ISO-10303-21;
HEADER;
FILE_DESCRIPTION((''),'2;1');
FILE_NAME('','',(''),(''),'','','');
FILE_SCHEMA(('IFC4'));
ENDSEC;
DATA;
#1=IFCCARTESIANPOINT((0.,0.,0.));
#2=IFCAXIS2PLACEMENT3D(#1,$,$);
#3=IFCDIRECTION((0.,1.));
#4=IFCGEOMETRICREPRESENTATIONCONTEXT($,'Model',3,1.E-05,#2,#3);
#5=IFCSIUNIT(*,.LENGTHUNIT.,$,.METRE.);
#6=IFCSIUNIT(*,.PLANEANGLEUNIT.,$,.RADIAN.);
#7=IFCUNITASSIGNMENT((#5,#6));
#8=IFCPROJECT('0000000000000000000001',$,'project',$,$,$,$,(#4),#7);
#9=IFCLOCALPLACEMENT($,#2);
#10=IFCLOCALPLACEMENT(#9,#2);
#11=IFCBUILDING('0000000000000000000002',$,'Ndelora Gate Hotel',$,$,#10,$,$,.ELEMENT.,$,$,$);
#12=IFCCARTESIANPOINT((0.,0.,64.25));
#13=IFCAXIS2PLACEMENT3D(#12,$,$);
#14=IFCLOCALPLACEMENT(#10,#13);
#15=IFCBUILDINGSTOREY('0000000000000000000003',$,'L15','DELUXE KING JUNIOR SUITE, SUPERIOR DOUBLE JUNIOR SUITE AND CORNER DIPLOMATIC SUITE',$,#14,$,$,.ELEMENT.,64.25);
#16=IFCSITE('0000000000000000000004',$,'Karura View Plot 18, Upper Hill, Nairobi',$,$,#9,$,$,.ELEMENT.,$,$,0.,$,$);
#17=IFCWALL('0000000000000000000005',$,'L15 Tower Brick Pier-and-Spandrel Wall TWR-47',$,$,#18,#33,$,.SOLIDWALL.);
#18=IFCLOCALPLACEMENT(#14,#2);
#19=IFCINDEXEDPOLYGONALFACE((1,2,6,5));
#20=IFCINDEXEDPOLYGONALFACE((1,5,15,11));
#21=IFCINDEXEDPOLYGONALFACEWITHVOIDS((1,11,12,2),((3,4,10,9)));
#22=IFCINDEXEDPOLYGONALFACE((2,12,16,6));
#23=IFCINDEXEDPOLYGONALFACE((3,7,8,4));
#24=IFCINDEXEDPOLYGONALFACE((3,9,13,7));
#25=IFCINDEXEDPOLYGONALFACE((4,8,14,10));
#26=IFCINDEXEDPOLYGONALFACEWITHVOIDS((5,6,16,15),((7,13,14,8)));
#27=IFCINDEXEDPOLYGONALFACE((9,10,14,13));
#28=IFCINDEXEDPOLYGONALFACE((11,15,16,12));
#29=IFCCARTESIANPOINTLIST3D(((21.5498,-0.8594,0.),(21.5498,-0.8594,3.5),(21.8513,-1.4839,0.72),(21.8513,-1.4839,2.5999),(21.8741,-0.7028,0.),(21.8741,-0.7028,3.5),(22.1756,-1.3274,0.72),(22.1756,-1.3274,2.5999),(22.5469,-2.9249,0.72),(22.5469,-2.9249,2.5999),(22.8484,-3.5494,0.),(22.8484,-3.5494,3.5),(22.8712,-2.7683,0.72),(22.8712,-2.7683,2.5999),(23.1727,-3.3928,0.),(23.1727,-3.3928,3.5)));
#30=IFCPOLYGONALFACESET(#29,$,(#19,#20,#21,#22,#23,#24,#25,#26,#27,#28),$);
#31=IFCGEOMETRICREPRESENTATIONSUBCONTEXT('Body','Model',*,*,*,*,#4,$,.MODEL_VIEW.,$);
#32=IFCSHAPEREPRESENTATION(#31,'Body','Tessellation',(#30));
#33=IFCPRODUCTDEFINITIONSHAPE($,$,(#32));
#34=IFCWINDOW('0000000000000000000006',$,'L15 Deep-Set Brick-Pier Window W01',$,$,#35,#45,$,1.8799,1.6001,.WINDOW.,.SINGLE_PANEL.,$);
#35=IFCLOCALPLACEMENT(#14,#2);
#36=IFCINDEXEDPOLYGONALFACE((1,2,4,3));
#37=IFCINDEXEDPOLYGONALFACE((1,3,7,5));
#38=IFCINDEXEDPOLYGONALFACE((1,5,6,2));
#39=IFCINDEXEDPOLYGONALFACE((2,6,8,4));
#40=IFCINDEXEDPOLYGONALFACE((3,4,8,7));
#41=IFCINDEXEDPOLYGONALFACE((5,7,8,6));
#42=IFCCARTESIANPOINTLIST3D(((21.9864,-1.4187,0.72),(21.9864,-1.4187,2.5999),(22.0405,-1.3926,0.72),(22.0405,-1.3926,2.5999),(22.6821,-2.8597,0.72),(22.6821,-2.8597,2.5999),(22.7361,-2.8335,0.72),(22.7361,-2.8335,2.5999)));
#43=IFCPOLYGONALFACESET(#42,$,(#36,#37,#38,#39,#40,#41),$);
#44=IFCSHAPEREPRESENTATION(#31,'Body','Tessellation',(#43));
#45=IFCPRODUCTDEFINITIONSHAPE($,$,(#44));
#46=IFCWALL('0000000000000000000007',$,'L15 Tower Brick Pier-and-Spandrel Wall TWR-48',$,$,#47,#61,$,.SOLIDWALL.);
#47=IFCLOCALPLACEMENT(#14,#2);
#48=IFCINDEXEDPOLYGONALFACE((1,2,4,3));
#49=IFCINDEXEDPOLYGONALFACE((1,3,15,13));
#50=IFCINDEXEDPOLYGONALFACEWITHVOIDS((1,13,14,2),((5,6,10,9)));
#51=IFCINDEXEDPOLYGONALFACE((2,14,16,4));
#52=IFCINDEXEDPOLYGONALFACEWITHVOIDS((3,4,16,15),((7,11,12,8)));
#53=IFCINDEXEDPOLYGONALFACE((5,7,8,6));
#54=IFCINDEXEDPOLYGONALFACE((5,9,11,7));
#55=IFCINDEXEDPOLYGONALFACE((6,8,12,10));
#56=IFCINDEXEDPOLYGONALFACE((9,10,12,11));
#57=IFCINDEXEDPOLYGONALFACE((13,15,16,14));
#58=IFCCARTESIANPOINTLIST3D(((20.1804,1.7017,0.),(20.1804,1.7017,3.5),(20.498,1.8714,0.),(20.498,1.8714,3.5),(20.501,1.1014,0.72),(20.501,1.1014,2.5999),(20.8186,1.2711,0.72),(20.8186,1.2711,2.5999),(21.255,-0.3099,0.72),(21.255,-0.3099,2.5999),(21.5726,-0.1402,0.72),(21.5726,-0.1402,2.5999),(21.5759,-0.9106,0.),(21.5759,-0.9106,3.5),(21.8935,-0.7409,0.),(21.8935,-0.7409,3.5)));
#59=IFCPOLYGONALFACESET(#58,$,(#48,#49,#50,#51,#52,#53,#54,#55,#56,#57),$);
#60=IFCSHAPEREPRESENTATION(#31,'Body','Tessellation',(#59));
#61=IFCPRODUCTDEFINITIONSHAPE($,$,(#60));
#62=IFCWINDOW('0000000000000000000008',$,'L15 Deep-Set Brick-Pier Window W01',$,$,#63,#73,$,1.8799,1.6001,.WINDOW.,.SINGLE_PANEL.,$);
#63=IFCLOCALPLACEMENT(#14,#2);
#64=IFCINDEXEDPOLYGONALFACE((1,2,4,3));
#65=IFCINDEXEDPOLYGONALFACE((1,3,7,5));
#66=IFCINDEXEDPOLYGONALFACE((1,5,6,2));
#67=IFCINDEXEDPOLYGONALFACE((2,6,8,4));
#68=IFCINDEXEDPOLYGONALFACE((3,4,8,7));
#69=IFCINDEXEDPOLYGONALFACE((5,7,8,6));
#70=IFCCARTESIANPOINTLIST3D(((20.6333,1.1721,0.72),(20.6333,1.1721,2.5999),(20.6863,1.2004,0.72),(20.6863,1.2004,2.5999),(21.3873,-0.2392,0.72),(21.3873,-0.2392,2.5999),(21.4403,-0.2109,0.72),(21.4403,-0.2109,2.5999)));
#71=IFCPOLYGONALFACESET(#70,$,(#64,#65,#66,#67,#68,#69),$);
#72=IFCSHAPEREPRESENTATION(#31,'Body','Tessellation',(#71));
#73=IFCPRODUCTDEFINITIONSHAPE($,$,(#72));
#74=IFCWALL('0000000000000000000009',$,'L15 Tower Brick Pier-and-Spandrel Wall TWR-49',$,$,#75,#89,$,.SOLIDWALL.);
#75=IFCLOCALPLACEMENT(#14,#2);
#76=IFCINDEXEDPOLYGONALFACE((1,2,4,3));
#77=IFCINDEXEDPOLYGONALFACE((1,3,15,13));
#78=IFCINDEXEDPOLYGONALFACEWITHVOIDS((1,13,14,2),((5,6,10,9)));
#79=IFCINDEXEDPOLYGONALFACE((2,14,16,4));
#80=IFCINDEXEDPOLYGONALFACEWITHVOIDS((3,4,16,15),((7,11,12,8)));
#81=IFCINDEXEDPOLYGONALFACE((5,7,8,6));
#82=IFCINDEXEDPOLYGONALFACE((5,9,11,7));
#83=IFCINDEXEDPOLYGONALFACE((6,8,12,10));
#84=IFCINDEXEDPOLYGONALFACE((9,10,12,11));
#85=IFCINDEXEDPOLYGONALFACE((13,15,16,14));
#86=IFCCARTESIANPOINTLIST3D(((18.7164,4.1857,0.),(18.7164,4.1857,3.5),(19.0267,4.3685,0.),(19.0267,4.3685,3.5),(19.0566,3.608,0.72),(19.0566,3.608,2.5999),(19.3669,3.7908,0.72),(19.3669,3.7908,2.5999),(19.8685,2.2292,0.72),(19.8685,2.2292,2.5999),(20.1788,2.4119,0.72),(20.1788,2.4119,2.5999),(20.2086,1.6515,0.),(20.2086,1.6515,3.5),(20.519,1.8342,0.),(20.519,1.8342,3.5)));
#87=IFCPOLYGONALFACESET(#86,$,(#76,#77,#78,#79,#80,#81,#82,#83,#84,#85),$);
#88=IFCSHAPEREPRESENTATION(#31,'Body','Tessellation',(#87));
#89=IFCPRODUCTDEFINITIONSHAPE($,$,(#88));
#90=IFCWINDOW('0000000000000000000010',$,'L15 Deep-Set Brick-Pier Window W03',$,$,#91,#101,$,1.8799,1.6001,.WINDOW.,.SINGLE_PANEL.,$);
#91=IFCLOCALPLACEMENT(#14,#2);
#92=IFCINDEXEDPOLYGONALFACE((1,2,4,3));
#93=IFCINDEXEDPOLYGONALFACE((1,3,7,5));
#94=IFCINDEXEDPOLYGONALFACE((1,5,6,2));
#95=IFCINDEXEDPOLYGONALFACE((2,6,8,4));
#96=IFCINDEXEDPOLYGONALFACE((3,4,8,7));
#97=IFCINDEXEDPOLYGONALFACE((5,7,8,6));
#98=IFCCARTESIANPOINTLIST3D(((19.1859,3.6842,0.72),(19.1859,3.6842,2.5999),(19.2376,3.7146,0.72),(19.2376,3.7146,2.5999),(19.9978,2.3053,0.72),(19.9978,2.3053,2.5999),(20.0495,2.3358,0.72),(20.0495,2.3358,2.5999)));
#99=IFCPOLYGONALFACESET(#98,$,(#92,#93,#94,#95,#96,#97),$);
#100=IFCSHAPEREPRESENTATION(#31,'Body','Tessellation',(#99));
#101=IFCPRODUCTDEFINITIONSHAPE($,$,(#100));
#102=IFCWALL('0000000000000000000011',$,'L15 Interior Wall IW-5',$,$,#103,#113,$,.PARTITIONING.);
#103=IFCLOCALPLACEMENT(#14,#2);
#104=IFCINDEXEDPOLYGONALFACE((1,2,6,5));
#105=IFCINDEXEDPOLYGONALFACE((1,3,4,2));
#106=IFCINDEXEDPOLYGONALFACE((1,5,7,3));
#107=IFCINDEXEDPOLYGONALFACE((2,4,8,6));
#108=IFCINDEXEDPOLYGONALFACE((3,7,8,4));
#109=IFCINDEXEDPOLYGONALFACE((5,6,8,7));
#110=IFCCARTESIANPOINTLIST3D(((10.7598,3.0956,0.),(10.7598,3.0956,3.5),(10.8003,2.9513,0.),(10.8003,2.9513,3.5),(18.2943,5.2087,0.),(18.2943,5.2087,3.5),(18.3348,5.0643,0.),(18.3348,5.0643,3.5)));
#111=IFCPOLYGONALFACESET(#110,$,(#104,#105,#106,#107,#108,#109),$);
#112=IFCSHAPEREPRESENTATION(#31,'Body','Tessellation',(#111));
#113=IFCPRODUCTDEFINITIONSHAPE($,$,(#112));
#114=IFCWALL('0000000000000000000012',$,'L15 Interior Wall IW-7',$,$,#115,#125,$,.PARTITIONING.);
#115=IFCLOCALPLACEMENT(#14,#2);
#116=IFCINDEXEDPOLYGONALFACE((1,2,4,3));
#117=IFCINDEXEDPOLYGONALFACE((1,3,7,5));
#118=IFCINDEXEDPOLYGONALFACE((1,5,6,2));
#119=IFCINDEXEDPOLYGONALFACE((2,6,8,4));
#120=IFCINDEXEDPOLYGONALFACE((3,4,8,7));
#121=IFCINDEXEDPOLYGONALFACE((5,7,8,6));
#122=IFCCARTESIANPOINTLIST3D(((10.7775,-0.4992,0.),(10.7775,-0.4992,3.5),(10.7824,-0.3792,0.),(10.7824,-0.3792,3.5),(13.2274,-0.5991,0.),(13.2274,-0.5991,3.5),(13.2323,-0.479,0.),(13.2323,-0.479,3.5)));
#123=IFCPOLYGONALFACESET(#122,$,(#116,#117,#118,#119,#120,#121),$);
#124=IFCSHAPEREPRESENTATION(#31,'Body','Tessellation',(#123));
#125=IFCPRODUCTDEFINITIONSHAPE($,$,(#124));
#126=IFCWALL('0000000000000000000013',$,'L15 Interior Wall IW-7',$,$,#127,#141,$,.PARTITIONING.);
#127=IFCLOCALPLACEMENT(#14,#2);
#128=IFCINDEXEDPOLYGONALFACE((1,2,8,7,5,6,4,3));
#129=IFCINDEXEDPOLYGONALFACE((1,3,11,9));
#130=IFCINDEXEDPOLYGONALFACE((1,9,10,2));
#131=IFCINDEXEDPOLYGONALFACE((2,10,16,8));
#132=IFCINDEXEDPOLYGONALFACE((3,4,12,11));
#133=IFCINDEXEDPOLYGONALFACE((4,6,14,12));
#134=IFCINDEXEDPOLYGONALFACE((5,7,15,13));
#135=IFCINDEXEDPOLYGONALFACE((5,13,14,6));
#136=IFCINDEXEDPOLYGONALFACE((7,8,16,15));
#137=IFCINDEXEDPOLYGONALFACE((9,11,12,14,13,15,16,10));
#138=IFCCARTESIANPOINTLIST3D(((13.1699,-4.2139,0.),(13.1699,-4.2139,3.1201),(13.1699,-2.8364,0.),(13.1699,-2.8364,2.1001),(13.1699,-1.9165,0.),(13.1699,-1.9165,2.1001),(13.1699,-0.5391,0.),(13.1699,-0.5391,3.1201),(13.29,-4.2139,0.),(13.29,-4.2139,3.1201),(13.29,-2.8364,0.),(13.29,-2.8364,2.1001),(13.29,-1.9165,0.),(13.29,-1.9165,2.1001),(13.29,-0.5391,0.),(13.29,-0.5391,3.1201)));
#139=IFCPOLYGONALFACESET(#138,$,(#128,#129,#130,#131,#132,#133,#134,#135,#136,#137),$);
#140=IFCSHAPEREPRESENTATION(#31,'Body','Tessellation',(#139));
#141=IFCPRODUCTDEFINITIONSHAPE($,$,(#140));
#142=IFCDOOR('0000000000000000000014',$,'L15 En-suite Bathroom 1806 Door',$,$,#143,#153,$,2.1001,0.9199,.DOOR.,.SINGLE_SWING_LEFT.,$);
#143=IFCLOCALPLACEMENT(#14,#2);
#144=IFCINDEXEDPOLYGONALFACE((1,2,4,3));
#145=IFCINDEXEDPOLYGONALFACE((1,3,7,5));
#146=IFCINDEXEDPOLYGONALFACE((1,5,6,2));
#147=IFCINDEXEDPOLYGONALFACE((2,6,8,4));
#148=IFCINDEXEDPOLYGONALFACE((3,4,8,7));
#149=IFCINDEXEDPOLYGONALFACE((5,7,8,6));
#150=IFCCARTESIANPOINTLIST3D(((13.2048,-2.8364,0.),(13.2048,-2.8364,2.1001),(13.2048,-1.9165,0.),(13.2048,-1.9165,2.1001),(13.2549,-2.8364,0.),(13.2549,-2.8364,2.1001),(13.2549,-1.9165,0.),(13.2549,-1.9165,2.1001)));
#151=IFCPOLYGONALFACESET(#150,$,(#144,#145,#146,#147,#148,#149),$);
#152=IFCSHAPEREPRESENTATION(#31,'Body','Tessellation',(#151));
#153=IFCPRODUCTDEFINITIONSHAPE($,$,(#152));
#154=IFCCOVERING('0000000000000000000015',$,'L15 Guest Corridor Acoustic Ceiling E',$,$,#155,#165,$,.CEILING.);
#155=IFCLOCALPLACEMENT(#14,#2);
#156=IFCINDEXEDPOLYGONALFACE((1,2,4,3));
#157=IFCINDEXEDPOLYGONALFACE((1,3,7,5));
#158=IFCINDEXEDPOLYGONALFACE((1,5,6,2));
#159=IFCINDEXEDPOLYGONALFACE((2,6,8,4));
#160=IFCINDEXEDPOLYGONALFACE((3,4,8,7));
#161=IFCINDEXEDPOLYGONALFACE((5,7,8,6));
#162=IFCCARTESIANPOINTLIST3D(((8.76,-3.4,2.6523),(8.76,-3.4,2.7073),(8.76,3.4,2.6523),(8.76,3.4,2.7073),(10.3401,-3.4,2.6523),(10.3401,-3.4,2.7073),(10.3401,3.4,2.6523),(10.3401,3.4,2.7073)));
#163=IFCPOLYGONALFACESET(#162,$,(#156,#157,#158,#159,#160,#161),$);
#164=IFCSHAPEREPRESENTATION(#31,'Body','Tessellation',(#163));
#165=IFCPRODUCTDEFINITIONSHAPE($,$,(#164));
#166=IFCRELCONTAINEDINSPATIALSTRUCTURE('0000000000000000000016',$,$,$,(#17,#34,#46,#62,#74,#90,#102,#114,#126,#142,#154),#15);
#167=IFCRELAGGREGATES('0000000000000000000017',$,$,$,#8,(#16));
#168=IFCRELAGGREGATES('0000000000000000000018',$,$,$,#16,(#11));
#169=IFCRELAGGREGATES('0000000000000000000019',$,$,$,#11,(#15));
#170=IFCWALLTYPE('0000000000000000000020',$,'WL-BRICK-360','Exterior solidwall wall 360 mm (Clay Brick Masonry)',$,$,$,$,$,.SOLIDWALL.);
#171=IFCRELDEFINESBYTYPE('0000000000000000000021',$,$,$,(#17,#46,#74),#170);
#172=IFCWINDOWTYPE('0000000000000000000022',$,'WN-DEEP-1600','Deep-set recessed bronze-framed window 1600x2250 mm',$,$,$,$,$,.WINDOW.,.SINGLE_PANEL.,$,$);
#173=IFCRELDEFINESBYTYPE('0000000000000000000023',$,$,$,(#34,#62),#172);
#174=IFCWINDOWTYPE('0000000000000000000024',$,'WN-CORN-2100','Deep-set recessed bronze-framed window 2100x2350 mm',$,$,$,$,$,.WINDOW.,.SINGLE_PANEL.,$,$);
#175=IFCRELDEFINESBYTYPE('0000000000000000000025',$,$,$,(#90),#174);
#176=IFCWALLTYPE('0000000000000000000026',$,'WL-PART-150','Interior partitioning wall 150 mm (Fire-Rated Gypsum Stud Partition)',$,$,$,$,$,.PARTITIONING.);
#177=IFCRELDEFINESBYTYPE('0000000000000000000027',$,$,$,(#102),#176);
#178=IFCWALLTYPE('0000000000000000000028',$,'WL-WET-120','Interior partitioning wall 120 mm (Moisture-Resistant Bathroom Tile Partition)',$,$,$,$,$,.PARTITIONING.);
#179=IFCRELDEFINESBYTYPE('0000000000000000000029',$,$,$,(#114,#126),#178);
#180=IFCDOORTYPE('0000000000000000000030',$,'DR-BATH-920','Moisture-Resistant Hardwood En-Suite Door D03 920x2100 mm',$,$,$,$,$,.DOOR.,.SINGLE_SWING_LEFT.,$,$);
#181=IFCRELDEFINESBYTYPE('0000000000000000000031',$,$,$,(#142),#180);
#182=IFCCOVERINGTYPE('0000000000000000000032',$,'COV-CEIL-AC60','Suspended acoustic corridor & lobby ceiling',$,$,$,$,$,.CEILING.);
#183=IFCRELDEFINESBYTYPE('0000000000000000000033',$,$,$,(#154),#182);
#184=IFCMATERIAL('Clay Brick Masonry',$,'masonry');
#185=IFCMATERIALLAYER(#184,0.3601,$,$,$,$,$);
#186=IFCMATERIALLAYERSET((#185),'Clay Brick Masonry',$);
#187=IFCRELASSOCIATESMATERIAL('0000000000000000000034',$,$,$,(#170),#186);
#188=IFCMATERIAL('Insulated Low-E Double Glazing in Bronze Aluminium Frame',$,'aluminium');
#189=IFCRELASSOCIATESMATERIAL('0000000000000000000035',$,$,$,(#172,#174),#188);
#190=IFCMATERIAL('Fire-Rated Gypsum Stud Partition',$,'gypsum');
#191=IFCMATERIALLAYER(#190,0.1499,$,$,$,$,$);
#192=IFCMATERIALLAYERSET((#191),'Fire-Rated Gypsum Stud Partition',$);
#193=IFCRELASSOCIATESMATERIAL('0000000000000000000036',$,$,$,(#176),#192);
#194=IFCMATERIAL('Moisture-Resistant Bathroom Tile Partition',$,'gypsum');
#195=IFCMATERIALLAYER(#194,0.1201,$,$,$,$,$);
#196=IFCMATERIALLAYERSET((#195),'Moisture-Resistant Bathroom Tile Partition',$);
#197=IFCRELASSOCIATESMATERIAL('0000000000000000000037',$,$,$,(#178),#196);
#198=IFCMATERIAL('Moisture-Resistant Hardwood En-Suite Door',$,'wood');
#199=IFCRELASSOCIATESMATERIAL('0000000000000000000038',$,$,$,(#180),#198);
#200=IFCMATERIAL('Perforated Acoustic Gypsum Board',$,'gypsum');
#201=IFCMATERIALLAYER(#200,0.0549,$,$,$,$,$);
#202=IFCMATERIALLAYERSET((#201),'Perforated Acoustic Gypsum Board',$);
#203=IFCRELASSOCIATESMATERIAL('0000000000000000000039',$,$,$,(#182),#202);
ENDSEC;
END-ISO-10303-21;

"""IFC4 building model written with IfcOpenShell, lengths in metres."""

from ifc_helpers import new_model, si_unit, direction, frame, frame_2d, origin, origin_2d, place, context, subcontext, project, spatial, rectangle, extrude, material, layer, layer_set, type_object, element, fill, save


model = new_model("IFC4")

# Units and contexts
model_context = context("Model", 3, precision=1e-05, world=origin(), true_north=direction((0.0, 1.0)))
body_context = subcontext(model_context, "Body", "Model", "MODEL_VIEW")
ifc_project = project(units=[si_unit("LENGTHUNIT", "METRE"), si_unit("PLANEANGLEUNIT", "RADIAN")], contexts=[model_context])

# Site, building, storey
site_placement = place(None, origin())
site = spatial("IfcSite", under=ifc_project, at=site_placement, Name="Karura View Plot 18, Upper Hill, Nairobi", CompositionType="ELEMENT", RefElevation=0.0)
building_placement = place(site_placement, origin())
building = spatial("IfcBuilding", under=site, at=building_placement, Name="Ndelora Gate Hotel", CompositionType="ELEMENT")
storey_placement = place(building_placement, frame((0.0, 0.0, 64.25)))
storey = spatial("IfcBuildingStorey", under=building, at=storey_placement, Name="L15", Description="DELUXE KING JUNIOR SUITE, SUPERIOR DOUBLE JUNIOR SUITE AND CORNER DIPLOMATIC SUITE", CompositionType="ELEMENT", Elevation=64.25)

# Walls, openings, windows
ifc_material_1 = material(Name="Clay Brick Masonry", Category="masonry")
ifc_layer_1 = layer(ifc_material_1, 0.3601)
ifc_layer_set_1 = layer_set([ifc_layer_1], Name="Clay Brick Masonry")
wall_type_1 = type_object("IfcWallType", Name="WL-BRICK-360", Description="Exterior solidwall wall 360 mm (Clay Brick Masonry)", PredefinedType="SOLIDWALL", material=ifc_layer_set_1)
wall_1_placement = place(storey_placement, frame((21.7119, -0.781, 0.0), z_axis=(0.0, 0.0, 1.0), x_axis=(0.434747, -0.900553, 0.0)))
wall_1 = element("IfcWall", 1, at=wall_1_placement, inside=storey, type_object=wall_type_1, Name="L15 Tower Brick Pier-and-Spandrel Wall TWR-47", PredefinedType="SOLIDWALL", context=body_context, shape_type="SweptSolid", body=[
    extrude(rectangle(XDim=2.9871, YDim=0.3601, at=frame_2d((1.4937, 0.0))), origin(), (0.0, 0.0, 1.0), 3.5),
])
opening_1_placement = place(wall_1_placement, frame((0.6936, 0.0, 0.72)))
opening_1 = element("IfcOpeningElement", 2, at=opening_1_placement, cuts=wall_1, PredefinedType="OPENING", context=body_context, shape_type="SweptSolid", body=[
    extrude(rectangle(XDim=1.6001, YDim=1.8799, at=frame_2d((0.8, 0.9399))), frame((0.0, 0.1899, 0.0), z_axis=(0.0, -1.0, 0.0), x_axis=(1.0, 0.0, 0.0)), (0.0, 0.0, 1.0), 0.3801),
])
ifc_material_2 = material(Name="Insulated Low-E Double Glazing in Bronze Aluminium Frame", Category="aluminium")
window_type_1 = type_object("IfcWindowType", Name="WN-DEEP-1600", Description="Deep-set recessed bronze-framed window 1600x2250 mm", PartitioningType="SINGLE_PANEL", PredefinedType="WINDOW", material=ifc_material_2)
window_1_placement = place(opening_1_placement, origin())
window_1 = element("IfcWindow", 3, at=window_1_placement, inside=storey, type_object=window_type_1, Name="L15 Deep-Set Brick-Pier Window W01", OverallHeight=1.8799, OverallWidth=1.6001, PartitioningType="SINGLE_PANEL", PredefinedType="WINDOW", context=body_context, shape_type="SweptSolid", body=[
    extrude(rectangle(XDim=1.6001, YDim=1.8799, at=frame_2d((0.8, 0.9399))), frame((0.0, 0.03, 0.0), z_axis=(0.0, -1.0, 0.0), x_axis=(1.0, 0.0, 0.0)), (0.0, 0.0, 1.0), 0.0601),
])
fill(opening_1, window_1)
wall_2_placement = place(storey_placement, frame((20.3391, 1.7866, 0.0), z_axis=(0.0, 0.0, 1.0), x_axis=(0.471187, -0.882033, 0.0)))
wall_2 = element("IfcWall", 4, at=wall_2_placement, inside=storey, type_object=wall_type_1, Name="L15 Tower Brick Pier-and-Spandrel Wall TWR-48", PredefinedType="SOLIDWALL", context=body_context, shape_type="SweptSolid", body=[
    extrude(rectangle(XDim=2.9617, YDim=0.3601, at=frame_2d((1.481, 0.0))), origin(), (0.0, 0.0, 1.0), 3.5),
])
opening_2_placement = place(wall_2_placement, frame((0.6807, 0.0, 0.72)))
opening_2 = element("IfcOpeningElement", 5, at=opening_2_placement, cuts=wall_2, PredefinedType="OPENING", context=body_context, shape_type="SweptSolid", body=[
    extrude(rectangle(XDim=1.6001, YDim=1.8799, at=frame_2d((0.8, 0.9399))), frame((0.0, 0.1899, 0.0), z_axis=(0.0, -1.0, 0.0), x_axis=(1.0, 0.0, 0.0)), (0.0, 0.0, 1.0), 0.3801),
])
window_2_placement = place(opening_2_placement, origin())
window_2 = element("IfcWindow", 6, at=window_2_placement, inside=storey, type_object=window_type_1, Name="L15 Deep-Set Brick-Pier Window W01", OverallHeight=1.8799, OverallWidth=1.6001, PartitioningType="SINGLE_PANEL", PredefinedType="WINDOW", context=body_context, shape_type="SweptSolid", body=[
    extrude(rectangle(XDim=1.6001, YDim=1.8799, at=frame_2d((0.8, 0.9399))), frame((0.0, 0.03, 0.0), z_axis=(0.0, -1.0, 0.0), x_axis=(1.0, 0.0, 0.0)), (0.0, 0.0, 1.0), 0.0601),
])
fill(opening_2, window_2)
wall_3_placement = place(storey_placement, frame((18.8716, 4.2771, 0.0), z_axis=(0.0, 0.0, 1.0), x_axis=(0.507397, -0.861712, 0.0)))
wall_3 = element("IfcWall", 7, at=wall_3_placement, inside=storey, type_object=wall_type_1, Name="L15 Tower Brick Pier-and-Spandrel Wall TWR-49", PredefinedType="SOLIDWALL", context=body_context, shape_type="SweptSolid", body=[
    extrude(rectangle(XDim=2.9409, YDim=0.3601, at=frame_2d((1.4705, 0.0))), origin(), (0.0, 0.0, 1.0), 3.5),
])
opening_3_placement = place(wall_3_placement, frame((0.6704, 0.0, 0.72)))
opening_3 = element("IfcOpeningElement", 8, at=opening_3_placement, cuts=wall_3, PredefinedType="OPENING", context=body_context, shape_type="SweptSolid", body=[
    extrude(rectangle(XDim=1.6001, YDim=1.8799, at=frame_2d((0.8, 0.9399))), frame((0.0, 0.1899, 0.0), z_axis=(0.0, -1.0, 0.0), x_axis=(1.0, 0.0, 0.0)), (0.0, 0.0, 1.0), 0.3801),
])
window_type_2 = type_object("IfcWindowType", Name="WN-CORN-2100", Description="Deep-set recessed bronze-framed window 2100x2350 mm", PartitioningType="SINGLE_PANEL", PredefinedType="WINDOW", material=ifc_material_2)
window_3_placement = place(opening_3_placement, origin())
window_3 = element("IfcWindow", 9, at=window_3_placement, inside=storey, type_object=window_type_2, Name="L15 Deep-Set Brick-Pier Window W03", OverallHeight=1.8799, OverallWidth=1.6001, PartitioningType="SINGLE_PANEL", PredefinedType="WINDOW", context=body_context, shape_type="SweptSolid", body=[
    extrude(rectangle(XDim=1.6001, YDim=1.8799, at=frame_2d((0.8, 0.9399))), frame((0.0, 0.03, 0.0), z_axis=(0.0, -1.0, 0.0), x_axis=(1.0, 0.0, 0.0)), (0.0, 0.0, 1.0), 0.0601),
])
fill(opening_3, window_3)

# Walls
ifc_material_3 = material(Name="Fire-Rated Gypsum Stud Partition", Category="gypsum")
ifc_layer_2 = layer(ifc_material_3, 0.1499)
ifc_layer_set_2 = layer_set([ifc_layer_2], Name="Fire-Rated Gypsum Stud Partition")
wall_type_2 = type_object("IfcWallType", Name="WL-PART-150", Description="Interior partitioning wall 150 mm (Fire-Rated Gypsum Stud Partition)", PredefinedType="PARTITIONING", material=ifc_layer_set_2)
wall_4_placement = place(storey_placement, frame((10.78, 3.0234, 0.0), z_axis=(0.0, 0.0, 1.0), x_axis=(0.962851, 0.270033, 0.0)))
element("IfcWall", 10, at=wall_4_placement, inside=storey, type_object=wall_type_2, Name="L15 Interior Wall IW-5", PredefinedType="PARTITIONING", context=body_context, shape_type="SweptSolid", body=[
    extrude(rectangle(XDim=7.8252, YDim=0.1499, at=frame_2d((3.9126, 0.0))), origin(), (0.0, 0.0, 1.0), 3.5),
])
ifc_material_4 = material(Name="Moisture-Resistant Bathroom Tile Partition", Category="gypsum")
ifc_layer_3 = layer(ifc_material_4, 0.1201)
ifc_layer_set_3 = layer_set([ifc_layer_3], Name="Moisture-Resistant Bathroom Tile Partition")
wall_type_3 = type_object("IfcWallType", Name="WL-WET-120", Description="Interior partitioning wall 120 mm (Moisture-Resistant Bathroom Tile Partition)", PredefinedType="PARTITIONING", material=ifc_layer_set_3)
wall_5_placement = place(storey_placement, frame((13.23, -0.5391, 0.0), z_axis=(0.0, 0.0, 1.0), x_axis=(-0.99917, 0.040724, 0.0)))
element("IfcWall", 11, at=wall_5_placement, inside=storey, type_object=wall_type_3, Name="L15 Interior Wall IW-7", PredefinedType="PARTITIONING", context=body_context, shape_type="SweptSolid", body=[
    extrude(rectangle(XDim=2.4519, YDim=0.1201, at=frame_2d((1.2261, 0.0))), origin(), (0.0, 0.0, 1.0), 3.5),
])

# Wall, opening, door
wall_6_placement = place(storey_placement, frame((13.23, -0.5391, 0.0), z_axis=(0.0, 0.0, 1.0), x_axis=(0.0, -1.0, 0.0)))
wall_6 = element("IfcWall", 12, at=wall_6_placement, inside=storey, type_object=wall_type_3, Name="L15 Interior Wall IW-7", PredefinedType="PARTITIONING", context=body_context, shape_type="SweptSolid", body=[
    extrude(rectangle(XDim=3.6748, YDim=0.1201, at=frame_2d((1.8374, 0.0))), origin(), (0.0, 0.0, 1.0), 3.1201),
])
opening_4_placement = place(wall_6_placement, frame((1.3774, 0.0, 0.0)))
opening_4 = element("IfcOpeningElement", 13, at=opening_4_placement, cuts=wall_6, PredefinedType="OPENING", context=body_context, shape_type="SweptSolid", body=[
    extrude(rectangle(XDim=0.9199, YDim=2.1001, at=frame_2d((0.46, 1.05))), frame((0.0, 0.0701, 0.0), z_axis=(0.0, -1.0, 0.0), x_axis=(1.0, 0.0, 0.0)), (0.0, 0.0, 1.0), 0.1401),
])
ifc_material_5 = material(Name="Moisture-Resistant Hardwood En-Suite Door", Category="wood")
door_type_1 = type_object("IfcDoorType", Name="DR-BATH-920", Description="Moisture-Resistant Hardwood En-Suite Door D03 920x2100 mm", OperationType="SINGLE_SWING_LEFT", PredefinedType="DOOR", material=ifc_material_5)
door_1_placement = place(opening_4_placement, origin())
door_1 = element("IfcDoor", 14, at=door_1_placement, inside=storey, type_object=door_type_1, Name="L15 En-suite Bathroom 1806 Door", OperationType="SINGLE_SWING_LEFT", OverallHeight=2.1001, OverallWidth=0.9199, PredefinedType="DOOR", context=body_context, shape_type="SweptSolid", body=[
    extrude(rectangle(XDim=0.9199, YDim=2.1001, at=frame_2d((0.46, 1.05))), frame((0.0, 0.0249, 0.0), z_axis=(0.0, -1.0, 0.0), x_axis=(1.0, 0.0, 0.0)), (0.0, 0.0, 1.0), 0.05),
])
fill(opening_4, door_1)

# Covering
ifc_material_6 = material(Name="Perforated Acoustic Gypsum Board", Category="gypsum")
ifc_layer_4 = layer(ifc_material_6, 0.0549)
ifc_layer_set_4 = layer_set([ifc_layer_4], Name="Perforated Acoustic Gypsum Board")
covering_type_1 = type_object("IfcCoveringType", Name="COV-CEIL-AC60", Description="Suspended acoustic corridor & lobby ceiling", PredefinedType="CEILING", material=ifc_layer_set_4)
covering_1_placement = place(storey_placement, frame((9.55, 0.0, 2.6523), z_axis=(0.0, 0.0, 1.0), x_axis=(1.0, 0.0, 0.0)))
element("IfcCovering", 15, at=covering_1_placement, inside=storey, type_object=covering_type_1, Name="L15 Guest Corridor Acoustic Ceiling E", PredefinedType="CEILING", context=body_context, shape_type="SweptSolid", body=[
    extrude(rectangle(XDim=1.5801, YDim=6.8, at=origin_2d()), origin(), (0.0, 0.0, 1.0), 0.0549),
])

save(model, "model.ifc")
